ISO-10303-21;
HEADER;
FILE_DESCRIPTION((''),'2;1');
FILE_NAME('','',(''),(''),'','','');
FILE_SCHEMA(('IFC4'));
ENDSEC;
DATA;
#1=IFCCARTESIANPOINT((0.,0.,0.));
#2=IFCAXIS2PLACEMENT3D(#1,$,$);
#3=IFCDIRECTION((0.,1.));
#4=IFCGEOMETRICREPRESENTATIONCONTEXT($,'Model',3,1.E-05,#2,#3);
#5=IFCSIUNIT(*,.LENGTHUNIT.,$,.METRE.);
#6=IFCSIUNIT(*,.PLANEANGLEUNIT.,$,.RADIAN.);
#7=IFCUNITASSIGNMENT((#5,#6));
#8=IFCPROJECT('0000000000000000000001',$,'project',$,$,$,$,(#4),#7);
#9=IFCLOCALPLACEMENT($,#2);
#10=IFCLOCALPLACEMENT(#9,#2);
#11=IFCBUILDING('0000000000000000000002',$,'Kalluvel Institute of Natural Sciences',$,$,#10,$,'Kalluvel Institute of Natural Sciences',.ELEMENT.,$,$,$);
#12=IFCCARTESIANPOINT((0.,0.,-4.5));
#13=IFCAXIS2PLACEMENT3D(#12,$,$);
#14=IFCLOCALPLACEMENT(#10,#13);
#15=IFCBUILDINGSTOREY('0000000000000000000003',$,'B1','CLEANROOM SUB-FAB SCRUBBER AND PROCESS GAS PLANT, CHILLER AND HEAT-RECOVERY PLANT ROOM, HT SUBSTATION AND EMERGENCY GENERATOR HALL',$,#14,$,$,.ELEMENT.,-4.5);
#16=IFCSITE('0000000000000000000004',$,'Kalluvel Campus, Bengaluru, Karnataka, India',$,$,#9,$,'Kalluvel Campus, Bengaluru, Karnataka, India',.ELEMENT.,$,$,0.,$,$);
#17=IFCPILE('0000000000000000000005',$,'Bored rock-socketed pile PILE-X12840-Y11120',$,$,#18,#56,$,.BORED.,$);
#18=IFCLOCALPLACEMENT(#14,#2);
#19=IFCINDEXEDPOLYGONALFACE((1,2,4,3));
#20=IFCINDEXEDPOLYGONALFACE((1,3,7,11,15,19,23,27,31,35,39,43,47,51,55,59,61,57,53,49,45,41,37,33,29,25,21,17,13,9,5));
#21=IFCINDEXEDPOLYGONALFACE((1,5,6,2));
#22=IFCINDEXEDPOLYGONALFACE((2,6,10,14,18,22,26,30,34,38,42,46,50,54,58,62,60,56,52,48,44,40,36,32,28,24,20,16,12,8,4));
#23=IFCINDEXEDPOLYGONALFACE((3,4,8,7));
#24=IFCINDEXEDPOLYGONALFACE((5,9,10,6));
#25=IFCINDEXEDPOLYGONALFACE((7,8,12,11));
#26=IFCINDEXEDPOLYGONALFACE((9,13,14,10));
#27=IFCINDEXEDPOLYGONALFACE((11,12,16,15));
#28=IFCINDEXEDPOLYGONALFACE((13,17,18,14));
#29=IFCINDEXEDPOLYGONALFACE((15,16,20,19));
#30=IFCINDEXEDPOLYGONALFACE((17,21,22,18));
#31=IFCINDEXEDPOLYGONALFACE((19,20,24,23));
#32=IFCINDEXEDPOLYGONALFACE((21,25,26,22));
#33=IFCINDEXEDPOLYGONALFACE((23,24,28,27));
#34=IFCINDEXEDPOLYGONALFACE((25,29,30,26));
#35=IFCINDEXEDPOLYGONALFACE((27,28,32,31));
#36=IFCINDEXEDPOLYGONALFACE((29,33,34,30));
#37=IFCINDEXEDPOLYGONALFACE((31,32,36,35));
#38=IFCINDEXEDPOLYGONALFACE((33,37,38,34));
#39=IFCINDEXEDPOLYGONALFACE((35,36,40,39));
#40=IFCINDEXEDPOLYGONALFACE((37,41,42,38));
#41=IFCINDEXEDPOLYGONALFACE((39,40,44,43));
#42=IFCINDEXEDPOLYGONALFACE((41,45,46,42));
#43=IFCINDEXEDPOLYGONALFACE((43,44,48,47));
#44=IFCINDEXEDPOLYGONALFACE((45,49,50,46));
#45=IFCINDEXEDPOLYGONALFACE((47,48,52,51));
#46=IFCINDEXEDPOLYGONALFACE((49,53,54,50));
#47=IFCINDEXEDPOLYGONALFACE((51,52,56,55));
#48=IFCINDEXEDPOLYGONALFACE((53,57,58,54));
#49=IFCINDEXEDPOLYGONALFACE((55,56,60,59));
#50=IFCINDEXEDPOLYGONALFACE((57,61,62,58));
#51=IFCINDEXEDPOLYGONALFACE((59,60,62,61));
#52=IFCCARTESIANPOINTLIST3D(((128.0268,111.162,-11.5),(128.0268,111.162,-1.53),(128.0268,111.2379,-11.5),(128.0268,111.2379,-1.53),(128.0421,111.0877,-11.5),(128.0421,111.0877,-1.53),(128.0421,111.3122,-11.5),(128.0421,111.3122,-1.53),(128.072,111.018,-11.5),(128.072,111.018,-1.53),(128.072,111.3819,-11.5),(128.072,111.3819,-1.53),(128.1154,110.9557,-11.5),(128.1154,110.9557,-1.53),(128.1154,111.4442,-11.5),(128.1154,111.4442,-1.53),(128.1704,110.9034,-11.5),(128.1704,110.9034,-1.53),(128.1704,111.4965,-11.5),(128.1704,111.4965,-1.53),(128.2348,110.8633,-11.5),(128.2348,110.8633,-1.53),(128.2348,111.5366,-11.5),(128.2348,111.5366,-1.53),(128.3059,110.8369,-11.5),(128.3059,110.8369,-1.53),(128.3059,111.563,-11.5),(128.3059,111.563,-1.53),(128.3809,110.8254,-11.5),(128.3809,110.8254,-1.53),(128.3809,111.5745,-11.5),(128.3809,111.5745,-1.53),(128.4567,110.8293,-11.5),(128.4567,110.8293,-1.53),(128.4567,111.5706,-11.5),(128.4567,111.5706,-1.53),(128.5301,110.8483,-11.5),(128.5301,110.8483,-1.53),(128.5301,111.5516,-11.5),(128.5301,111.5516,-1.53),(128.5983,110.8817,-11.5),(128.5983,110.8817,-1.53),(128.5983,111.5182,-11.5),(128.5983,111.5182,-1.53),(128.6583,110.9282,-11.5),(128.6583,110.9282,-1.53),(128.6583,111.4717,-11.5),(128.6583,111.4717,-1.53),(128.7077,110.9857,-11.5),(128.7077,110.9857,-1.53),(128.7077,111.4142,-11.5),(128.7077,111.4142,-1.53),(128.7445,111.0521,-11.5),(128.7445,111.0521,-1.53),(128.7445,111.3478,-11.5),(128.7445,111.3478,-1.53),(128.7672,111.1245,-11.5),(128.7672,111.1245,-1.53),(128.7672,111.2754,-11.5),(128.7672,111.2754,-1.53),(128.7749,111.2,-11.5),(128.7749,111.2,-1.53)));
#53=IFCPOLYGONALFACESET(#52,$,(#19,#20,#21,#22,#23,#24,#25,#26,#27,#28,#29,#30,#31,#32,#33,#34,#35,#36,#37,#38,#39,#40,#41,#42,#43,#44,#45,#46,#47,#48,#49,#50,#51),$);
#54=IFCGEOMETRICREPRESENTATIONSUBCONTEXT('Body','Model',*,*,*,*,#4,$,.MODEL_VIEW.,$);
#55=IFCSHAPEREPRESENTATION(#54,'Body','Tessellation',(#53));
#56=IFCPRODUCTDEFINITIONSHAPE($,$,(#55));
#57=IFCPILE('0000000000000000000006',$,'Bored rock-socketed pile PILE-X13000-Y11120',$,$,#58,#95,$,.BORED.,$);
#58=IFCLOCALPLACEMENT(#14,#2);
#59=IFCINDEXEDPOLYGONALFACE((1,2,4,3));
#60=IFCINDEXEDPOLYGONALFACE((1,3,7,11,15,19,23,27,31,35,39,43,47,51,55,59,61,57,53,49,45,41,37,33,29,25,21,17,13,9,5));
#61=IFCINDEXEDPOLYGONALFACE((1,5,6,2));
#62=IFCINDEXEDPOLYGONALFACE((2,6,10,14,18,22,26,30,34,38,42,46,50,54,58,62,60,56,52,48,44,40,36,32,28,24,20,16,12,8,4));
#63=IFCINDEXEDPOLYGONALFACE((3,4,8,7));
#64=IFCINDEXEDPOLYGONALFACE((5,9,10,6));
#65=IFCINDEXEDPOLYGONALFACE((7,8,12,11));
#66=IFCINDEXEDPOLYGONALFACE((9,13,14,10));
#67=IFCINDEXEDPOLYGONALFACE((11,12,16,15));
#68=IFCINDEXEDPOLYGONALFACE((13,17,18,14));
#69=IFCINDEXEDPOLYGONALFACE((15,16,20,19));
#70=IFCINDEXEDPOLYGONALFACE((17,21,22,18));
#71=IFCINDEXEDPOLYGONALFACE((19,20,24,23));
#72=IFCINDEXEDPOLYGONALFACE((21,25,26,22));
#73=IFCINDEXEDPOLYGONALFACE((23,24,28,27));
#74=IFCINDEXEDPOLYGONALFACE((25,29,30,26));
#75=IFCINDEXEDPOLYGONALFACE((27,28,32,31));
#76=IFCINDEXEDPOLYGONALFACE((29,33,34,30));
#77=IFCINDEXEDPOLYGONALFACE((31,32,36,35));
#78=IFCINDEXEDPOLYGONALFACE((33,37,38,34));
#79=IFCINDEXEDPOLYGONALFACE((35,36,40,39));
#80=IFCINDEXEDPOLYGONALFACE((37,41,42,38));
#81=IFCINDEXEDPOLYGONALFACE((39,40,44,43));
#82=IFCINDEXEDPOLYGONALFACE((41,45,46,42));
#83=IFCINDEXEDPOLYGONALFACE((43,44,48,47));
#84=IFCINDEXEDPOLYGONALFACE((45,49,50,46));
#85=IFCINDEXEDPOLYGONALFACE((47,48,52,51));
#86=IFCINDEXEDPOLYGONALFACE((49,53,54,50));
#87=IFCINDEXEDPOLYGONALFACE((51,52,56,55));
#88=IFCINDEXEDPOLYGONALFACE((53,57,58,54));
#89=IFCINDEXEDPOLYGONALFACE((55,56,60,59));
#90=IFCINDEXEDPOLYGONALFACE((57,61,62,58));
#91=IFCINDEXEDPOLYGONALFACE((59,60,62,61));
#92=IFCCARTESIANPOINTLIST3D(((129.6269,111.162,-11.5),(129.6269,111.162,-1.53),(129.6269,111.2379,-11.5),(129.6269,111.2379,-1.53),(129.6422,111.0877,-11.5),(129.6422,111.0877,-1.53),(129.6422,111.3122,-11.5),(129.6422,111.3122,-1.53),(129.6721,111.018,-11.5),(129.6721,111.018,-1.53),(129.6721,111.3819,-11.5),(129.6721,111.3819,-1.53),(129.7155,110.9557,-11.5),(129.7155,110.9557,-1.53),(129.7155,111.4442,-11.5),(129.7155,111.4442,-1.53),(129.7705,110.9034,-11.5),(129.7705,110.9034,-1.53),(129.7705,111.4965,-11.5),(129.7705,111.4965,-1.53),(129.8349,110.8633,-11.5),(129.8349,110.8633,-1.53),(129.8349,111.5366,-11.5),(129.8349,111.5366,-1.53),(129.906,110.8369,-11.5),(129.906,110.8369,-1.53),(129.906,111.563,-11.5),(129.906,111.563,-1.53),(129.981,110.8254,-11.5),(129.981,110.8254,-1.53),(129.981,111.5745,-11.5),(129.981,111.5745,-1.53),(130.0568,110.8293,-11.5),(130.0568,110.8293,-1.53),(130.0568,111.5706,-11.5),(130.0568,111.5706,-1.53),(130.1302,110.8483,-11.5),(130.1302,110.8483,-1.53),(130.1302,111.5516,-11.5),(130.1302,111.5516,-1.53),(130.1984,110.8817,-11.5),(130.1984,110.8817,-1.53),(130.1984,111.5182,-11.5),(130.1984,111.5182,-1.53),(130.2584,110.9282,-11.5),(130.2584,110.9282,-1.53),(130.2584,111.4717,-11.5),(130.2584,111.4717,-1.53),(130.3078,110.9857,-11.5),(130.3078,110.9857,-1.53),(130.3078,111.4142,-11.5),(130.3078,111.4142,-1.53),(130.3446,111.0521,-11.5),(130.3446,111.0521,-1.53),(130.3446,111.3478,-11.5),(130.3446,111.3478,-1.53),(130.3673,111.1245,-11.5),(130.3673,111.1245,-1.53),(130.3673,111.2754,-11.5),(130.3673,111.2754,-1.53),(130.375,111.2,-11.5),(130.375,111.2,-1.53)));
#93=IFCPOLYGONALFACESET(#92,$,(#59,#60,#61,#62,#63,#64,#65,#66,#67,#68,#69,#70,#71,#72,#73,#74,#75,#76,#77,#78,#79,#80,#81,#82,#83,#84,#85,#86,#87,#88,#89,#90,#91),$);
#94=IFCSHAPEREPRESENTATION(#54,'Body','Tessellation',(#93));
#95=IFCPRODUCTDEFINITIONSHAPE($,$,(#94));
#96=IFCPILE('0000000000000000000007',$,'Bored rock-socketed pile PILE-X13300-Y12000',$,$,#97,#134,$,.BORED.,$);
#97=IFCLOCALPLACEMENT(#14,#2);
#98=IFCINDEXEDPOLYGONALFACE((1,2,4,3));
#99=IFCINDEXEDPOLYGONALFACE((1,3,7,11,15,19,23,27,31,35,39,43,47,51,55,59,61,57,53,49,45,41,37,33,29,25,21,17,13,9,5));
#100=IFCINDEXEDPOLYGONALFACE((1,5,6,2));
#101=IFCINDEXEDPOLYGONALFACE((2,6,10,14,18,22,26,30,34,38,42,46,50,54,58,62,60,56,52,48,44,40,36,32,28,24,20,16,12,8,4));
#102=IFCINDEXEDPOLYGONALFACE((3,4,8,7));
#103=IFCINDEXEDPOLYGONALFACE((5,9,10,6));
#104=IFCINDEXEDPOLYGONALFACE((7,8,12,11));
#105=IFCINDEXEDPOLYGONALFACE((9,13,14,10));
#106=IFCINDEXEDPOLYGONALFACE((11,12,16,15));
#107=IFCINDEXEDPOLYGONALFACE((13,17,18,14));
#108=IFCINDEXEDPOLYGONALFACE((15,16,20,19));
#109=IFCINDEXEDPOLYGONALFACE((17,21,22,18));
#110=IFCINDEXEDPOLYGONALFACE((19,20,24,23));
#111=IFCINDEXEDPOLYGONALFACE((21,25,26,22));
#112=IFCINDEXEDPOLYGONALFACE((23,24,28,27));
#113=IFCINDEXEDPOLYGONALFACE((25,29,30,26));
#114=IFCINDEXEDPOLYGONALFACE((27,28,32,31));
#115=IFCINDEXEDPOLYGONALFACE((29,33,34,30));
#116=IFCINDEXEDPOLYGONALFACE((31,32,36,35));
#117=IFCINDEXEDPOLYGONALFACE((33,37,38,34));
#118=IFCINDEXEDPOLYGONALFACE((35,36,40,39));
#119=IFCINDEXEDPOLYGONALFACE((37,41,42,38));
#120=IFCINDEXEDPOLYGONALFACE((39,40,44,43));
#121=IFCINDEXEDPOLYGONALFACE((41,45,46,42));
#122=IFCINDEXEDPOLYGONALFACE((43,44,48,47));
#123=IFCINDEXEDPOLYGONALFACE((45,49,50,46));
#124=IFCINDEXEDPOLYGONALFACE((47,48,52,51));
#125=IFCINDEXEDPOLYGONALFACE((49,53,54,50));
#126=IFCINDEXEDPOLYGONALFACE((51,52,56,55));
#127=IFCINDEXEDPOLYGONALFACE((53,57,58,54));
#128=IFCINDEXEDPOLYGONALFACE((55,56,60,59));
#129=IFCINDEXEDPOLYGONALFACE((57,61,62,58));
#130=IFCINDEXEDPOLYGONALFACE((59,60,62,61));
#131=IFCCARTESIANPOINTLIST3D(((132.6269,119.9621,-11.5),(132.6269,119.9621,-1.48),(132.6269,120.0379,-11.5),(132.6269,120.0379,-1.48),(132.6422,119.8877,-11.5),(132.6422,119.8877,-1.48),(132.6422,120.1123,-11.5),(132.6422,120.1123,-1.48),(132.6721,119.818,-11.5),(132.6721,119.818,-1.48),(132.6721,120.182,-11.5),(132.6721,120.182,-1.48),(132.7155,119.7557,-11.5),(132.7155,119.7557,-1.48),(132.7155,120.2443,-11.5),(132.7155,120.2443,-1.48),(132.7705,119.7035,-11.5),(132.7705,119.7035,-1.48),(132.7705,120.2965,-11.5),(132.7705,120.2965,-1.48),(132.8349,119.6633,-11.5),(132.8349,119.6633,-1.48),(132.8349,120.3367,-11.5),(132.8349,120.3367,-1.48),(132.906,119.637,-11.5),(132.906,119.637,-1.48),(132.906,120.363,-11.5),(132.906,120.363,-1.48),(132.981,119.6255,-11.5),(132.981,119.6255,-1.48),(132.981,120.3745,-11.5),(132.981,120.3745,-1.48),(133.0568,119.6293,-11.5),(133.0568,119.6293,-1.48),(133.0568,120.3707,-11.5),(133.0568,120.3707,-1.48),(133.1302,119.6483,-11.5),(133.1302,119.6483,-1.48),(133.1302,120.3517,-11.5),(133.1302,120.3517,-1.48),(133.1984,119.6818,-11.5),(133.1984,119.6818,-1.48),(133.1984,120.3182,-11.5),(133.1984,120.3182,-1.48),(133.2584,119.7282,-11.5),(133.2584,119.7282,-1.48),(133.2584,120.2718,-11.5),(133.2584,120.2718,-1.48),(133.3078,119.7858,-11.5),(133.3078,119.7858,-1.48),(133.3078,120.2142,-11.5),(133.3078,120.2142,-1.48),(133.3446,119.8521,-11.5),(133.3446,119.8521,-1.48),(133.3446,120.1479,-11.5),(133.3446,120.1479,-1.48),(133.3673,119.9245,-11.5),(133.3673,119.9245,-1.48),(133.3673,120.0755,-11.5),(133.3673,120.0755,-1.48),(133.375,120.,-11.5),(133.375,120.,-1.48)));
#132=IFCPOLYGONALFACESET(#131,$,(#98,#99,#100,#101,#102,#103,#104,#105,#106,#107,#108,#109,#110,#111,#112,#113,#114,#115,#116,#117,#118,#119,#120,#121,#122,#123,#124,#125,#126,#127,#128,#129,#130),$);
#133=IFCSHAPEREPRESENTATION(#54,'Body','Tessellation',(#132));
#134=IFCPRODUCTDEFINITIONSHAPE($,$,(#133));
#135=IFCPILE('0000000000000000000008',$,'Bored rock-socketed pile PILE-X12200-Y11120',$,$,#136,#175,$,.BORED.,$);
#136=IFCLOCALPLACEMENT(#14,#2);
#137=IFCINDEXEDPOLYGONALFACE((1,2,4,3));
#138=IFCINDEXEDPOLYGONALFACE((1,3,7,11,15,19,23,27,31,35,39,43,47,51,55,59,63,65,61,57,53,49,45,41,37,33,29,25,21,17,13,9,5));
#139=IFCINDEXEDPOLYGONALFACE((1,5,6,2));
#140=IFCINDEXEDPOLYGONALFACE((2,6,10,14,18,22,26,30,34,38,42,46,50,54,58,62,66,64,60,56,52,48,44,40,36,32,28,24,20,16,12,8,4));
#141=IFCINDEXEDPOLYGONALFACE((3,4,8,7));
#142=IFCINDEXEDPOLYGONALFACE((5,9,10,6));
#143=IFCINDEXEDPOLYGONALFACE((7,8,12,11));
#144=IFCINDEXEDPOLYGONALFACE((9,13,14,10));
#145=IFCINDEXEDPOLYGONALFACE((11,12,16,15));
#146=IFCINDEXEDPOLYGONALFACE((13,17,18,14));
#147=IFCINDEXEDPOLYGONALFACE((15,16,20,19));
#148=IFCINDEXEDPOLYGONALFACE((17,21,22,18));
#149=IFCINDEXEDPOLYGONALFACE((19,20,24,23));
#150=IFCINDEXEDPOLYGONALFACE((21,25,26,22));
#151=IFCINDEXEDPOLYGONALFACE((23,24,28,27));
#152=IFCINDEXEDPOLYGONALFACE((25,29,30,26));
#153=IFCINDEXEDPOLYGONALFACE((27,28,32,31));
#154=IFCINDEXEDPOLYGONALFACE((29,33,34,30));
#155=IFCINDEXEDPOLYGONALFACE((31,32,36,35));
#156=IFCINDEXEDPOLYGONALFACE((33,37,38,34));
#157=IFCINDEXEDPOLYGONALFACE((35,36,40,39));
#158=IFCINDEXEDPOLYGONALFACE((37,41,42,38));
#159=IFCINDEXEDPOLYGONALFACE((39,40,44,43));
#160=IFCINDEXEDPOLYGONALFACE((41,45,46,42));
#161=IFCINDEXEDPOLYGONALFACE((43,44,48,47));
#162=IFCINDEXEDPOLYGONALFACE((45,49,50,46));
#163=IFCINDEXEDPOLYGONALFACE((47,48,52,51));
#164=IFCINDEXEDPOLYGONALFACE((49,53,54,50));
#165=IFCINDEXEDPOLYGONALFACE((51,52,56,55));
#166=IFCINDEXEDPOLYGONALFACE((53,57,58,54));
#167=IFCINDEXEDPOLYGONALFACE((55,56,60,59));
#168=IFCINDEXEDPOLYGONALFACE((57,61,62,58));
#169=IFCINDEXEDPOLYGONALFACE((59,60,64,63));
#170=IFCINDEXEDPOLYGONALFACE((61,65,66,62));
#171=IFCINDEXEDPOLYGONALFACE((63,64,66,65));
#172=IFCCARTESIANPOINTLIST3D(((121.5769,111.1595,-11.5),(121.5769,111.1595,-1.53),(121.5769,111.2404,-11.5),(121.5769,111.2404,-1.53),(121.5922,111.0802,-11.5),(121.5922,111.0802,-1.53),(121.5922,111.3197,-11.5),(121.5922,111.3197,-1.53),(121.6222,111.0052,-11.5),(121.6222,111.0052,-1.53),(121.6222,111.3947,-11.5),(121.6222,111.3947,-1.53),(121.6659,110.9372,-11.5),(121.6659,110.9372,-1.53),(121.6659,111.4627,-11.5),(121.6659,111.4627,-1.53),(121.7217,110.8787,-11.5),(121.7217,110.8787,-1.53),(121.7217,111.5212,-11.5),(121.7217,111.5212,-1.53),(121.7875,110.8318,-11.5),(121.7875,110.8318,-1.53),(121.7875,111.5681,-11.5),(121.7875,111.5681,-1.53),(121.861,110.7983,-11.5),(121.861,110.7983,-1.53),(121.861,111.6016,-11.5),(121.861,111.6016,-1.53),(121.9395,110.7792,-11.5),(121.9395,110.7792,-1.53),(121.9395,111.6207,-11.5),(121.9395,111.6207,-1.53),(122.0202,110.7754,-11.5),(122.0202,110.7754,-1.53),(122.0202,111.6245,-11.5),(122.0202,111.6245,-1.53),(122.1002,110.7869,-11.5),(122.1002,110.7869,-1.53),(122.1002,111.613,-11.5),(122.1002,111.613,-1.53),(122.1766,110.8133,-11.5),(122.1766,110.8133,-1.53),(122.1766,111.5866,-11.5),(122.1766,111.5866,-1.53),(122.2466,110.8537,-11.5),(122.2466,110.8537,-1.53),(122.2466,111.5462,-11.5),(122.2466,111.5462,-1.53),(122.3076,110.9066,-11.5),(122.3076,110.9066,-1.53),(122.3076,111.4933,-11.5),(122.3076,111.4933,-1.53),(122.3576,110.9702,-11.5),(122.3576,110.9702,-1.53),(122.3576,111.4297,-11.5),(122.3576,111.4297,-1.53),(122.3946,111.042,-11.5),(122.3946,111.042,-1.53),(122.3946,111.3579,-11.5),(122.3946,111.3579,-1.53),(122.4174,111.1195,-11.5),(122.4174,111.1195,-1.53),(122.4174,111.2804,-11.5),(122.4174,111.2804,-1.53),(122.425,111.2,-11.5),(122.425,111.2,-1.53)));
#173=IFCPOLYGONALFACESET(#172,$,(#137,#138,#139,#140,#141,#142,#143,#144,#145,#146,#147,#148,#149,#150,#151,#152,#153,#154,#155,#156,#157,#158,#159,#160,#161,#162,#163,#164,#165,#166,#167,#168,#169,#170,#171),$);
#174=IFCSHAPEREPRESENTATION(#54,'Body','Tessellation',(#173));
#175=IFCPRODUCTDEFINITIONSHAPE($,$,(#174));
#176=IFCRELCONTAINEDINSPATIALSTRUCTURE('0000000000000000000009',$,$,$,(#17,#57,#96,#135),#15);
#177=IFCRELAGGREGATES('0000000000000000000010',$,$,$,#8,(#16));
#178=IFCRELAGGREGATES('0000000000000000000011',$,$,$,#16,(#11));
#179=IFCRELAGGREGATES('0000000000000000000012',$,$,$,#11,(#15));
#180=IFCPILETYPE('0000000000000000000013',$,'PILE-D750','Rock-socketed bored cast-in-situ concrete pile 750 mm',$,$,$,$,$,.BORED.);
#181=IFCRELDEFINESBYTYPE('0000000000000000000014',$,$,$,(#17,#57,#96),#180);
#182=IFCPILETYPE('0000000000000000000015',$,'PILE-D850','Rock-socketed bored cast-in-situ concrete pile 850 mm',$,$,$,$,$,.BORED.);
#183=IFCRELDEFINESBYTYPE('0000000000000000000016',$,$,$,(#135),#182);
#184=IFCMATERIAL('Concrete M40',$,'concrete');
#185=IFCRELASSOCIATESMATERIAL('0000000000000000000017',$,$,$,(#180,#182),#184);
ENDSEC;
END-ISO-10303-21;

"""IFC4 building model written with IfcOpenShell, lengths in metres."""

from ifc_helpers import new_model, si_unit, direction, frame, origin, origin_2d, place, context, subcontext, project, spatial, circle, extrude, material, material_profile, profile_set, type_object, element, save


model = new_model("IFC4")

# Units and contexts
model_context = context("Model", 3, precision=1e-05, world=origin(), true_north=direction((0.0, 1.0)))
body_context = subcontext(model_context, "Body", "Model", "MODEL_VIEW")
ifc_project = project(units=[si_unit("LENGTHUNIT", "METRE"), si_unit("PLANEANGLEUNIT", "RADIAN")], contexts=[model_context])

# Site, building, storey
site_placement = place(None, origin())
site = spatial("IfcSite", under=ifc_project, at=site_placement, Name="Kalluvel Campus, Bengaluru, Karnataka, India", LongName="Kalluvel Campus, Bengaluru, Karnataka, India", CompositionType="ELEMENT", RefElevation=0.0)
building_placement = place(site_placement, origin())
building = spatial("IfcBuilding", under=site, at=building_placement, Name="Kalluvel Institute of Natural Sciences", LongName="Kalluvel Institute of Natural Sciences", CompositionType="ELEMENT")
storey_placement = place(building_placement, frame((0.0, 0.0, -4.5)))
storey = spatial("IfcBuildingStorey", under=building, at=storey_placement, Name="B1", Description="CLEANROOM SUB-FAB SCRUBBER AND PROCESS GAS PLANT, CHILLER AND HEAT-RECOVERY PLANT ROOM, HT SUBSTATION AND EMERGENCY GENERATOR HALL", CompositionType="ELEMENT", Elevation=-4.5)

# Shared definitions
ifc_material = material(Name="Concrete M40", Category="concrete")

# Piles
ifc_material_profile_1 = material_profile(ifc_material, circle(Radius=0.375, at=origin_2d()), Name="PILE D750")
ifc_profile_set_1 = profile_set([ifc_material_profile_1], Name="Concrete M40")
pile_type_1 = type_object("IfcPileType", Name="PILE-D750", Description="Rock-socketed bored cast-in-situ concrete pile 750 mm", PredefinedType="BORED", material=ifc_profile_set_1)
for number, where, z_axis, x_axis, name in (
    (1, (128.3999, 111.2, -1.53), (0.0, 0.0, -1.0), (1.0, 0.0, 0.0), "Bored rock-socketed pile PILE-X12840-Y11120"),
    (2, (130.0, 111.2, -1.53), (0.0, 0.0, -1.0), (1.0, 0.0, 0.0), "Bored rock-socketed pile PILE-X13000-Y11120"),
):
    element("IfcPile", number, at=place(storey_placement, frame(where, z_axis=z_axis, x_axis=x_axis)), inside=storey, type_object=pile_type_1, Name=name, PredefinedType="BORED", context=body_context, shape_type="SweptSolid", body=[
        extrude(circle(Radius=0.375, at=origin_2d()), origin(), (0.0, 0.0, 1.0), 9.97),
    ])
pile_1_placement = place(storey_placement, frame((133.0, 120.0, -1.48), z_axis=(0.0, 0.0, -1.0), x_axis=(1.0, 0.0, 0.0)))
element("IfcPile", 3, at=pile_1_placement, inside=storey, type_object=pile_type_1, Name="Bored rock-socketed pile PILE-X13300-Y12000", PredefinedType="BORED", context=body_context, shape_type="SweptSolid", body=[
    extrude(circle(Radius=0.375, at=origin_2d()), origin(), (0.0, 0.0, 1.0), 10.02),
])
ifc_material_profile_2 = material_profile(ifc_material, circle(Radius=0.425, at=origin_2d()), Name="PILE D850")
ifc_profile_set_2 = profile_set([ifc_material_profile_2], Name="Concrete M40")
pile_type_2 = type_object("IfcPileType", Name="PILE-D850", Description="Rock-socketed bored cast-in-situ concrete pile 850 mm", PredefinedType="BORED", material=ifc_profile_set_2)
pile_2_placement = place(storey_placement, frame((122.0, 111.2, -1.53), z_axis=(0.0, 0.0, -1.0), x_axis=(1.0, 0.0, 0.0)))
element("IfcPile", 4, at=pile_2_placement, inside=storey, type_object=pile_type_2, Name="Bored rock-socketed pile PILE-X12200-Y11120", PredefinedType="BORED", context=body_context, shape_type="SweptSolid", body=[
    extrude(circle(Radius=0.425, at=origin_2d()), origin(), (0.0, 0.0, 1.0), 9.97),
])

save(model, "model.ifc")
